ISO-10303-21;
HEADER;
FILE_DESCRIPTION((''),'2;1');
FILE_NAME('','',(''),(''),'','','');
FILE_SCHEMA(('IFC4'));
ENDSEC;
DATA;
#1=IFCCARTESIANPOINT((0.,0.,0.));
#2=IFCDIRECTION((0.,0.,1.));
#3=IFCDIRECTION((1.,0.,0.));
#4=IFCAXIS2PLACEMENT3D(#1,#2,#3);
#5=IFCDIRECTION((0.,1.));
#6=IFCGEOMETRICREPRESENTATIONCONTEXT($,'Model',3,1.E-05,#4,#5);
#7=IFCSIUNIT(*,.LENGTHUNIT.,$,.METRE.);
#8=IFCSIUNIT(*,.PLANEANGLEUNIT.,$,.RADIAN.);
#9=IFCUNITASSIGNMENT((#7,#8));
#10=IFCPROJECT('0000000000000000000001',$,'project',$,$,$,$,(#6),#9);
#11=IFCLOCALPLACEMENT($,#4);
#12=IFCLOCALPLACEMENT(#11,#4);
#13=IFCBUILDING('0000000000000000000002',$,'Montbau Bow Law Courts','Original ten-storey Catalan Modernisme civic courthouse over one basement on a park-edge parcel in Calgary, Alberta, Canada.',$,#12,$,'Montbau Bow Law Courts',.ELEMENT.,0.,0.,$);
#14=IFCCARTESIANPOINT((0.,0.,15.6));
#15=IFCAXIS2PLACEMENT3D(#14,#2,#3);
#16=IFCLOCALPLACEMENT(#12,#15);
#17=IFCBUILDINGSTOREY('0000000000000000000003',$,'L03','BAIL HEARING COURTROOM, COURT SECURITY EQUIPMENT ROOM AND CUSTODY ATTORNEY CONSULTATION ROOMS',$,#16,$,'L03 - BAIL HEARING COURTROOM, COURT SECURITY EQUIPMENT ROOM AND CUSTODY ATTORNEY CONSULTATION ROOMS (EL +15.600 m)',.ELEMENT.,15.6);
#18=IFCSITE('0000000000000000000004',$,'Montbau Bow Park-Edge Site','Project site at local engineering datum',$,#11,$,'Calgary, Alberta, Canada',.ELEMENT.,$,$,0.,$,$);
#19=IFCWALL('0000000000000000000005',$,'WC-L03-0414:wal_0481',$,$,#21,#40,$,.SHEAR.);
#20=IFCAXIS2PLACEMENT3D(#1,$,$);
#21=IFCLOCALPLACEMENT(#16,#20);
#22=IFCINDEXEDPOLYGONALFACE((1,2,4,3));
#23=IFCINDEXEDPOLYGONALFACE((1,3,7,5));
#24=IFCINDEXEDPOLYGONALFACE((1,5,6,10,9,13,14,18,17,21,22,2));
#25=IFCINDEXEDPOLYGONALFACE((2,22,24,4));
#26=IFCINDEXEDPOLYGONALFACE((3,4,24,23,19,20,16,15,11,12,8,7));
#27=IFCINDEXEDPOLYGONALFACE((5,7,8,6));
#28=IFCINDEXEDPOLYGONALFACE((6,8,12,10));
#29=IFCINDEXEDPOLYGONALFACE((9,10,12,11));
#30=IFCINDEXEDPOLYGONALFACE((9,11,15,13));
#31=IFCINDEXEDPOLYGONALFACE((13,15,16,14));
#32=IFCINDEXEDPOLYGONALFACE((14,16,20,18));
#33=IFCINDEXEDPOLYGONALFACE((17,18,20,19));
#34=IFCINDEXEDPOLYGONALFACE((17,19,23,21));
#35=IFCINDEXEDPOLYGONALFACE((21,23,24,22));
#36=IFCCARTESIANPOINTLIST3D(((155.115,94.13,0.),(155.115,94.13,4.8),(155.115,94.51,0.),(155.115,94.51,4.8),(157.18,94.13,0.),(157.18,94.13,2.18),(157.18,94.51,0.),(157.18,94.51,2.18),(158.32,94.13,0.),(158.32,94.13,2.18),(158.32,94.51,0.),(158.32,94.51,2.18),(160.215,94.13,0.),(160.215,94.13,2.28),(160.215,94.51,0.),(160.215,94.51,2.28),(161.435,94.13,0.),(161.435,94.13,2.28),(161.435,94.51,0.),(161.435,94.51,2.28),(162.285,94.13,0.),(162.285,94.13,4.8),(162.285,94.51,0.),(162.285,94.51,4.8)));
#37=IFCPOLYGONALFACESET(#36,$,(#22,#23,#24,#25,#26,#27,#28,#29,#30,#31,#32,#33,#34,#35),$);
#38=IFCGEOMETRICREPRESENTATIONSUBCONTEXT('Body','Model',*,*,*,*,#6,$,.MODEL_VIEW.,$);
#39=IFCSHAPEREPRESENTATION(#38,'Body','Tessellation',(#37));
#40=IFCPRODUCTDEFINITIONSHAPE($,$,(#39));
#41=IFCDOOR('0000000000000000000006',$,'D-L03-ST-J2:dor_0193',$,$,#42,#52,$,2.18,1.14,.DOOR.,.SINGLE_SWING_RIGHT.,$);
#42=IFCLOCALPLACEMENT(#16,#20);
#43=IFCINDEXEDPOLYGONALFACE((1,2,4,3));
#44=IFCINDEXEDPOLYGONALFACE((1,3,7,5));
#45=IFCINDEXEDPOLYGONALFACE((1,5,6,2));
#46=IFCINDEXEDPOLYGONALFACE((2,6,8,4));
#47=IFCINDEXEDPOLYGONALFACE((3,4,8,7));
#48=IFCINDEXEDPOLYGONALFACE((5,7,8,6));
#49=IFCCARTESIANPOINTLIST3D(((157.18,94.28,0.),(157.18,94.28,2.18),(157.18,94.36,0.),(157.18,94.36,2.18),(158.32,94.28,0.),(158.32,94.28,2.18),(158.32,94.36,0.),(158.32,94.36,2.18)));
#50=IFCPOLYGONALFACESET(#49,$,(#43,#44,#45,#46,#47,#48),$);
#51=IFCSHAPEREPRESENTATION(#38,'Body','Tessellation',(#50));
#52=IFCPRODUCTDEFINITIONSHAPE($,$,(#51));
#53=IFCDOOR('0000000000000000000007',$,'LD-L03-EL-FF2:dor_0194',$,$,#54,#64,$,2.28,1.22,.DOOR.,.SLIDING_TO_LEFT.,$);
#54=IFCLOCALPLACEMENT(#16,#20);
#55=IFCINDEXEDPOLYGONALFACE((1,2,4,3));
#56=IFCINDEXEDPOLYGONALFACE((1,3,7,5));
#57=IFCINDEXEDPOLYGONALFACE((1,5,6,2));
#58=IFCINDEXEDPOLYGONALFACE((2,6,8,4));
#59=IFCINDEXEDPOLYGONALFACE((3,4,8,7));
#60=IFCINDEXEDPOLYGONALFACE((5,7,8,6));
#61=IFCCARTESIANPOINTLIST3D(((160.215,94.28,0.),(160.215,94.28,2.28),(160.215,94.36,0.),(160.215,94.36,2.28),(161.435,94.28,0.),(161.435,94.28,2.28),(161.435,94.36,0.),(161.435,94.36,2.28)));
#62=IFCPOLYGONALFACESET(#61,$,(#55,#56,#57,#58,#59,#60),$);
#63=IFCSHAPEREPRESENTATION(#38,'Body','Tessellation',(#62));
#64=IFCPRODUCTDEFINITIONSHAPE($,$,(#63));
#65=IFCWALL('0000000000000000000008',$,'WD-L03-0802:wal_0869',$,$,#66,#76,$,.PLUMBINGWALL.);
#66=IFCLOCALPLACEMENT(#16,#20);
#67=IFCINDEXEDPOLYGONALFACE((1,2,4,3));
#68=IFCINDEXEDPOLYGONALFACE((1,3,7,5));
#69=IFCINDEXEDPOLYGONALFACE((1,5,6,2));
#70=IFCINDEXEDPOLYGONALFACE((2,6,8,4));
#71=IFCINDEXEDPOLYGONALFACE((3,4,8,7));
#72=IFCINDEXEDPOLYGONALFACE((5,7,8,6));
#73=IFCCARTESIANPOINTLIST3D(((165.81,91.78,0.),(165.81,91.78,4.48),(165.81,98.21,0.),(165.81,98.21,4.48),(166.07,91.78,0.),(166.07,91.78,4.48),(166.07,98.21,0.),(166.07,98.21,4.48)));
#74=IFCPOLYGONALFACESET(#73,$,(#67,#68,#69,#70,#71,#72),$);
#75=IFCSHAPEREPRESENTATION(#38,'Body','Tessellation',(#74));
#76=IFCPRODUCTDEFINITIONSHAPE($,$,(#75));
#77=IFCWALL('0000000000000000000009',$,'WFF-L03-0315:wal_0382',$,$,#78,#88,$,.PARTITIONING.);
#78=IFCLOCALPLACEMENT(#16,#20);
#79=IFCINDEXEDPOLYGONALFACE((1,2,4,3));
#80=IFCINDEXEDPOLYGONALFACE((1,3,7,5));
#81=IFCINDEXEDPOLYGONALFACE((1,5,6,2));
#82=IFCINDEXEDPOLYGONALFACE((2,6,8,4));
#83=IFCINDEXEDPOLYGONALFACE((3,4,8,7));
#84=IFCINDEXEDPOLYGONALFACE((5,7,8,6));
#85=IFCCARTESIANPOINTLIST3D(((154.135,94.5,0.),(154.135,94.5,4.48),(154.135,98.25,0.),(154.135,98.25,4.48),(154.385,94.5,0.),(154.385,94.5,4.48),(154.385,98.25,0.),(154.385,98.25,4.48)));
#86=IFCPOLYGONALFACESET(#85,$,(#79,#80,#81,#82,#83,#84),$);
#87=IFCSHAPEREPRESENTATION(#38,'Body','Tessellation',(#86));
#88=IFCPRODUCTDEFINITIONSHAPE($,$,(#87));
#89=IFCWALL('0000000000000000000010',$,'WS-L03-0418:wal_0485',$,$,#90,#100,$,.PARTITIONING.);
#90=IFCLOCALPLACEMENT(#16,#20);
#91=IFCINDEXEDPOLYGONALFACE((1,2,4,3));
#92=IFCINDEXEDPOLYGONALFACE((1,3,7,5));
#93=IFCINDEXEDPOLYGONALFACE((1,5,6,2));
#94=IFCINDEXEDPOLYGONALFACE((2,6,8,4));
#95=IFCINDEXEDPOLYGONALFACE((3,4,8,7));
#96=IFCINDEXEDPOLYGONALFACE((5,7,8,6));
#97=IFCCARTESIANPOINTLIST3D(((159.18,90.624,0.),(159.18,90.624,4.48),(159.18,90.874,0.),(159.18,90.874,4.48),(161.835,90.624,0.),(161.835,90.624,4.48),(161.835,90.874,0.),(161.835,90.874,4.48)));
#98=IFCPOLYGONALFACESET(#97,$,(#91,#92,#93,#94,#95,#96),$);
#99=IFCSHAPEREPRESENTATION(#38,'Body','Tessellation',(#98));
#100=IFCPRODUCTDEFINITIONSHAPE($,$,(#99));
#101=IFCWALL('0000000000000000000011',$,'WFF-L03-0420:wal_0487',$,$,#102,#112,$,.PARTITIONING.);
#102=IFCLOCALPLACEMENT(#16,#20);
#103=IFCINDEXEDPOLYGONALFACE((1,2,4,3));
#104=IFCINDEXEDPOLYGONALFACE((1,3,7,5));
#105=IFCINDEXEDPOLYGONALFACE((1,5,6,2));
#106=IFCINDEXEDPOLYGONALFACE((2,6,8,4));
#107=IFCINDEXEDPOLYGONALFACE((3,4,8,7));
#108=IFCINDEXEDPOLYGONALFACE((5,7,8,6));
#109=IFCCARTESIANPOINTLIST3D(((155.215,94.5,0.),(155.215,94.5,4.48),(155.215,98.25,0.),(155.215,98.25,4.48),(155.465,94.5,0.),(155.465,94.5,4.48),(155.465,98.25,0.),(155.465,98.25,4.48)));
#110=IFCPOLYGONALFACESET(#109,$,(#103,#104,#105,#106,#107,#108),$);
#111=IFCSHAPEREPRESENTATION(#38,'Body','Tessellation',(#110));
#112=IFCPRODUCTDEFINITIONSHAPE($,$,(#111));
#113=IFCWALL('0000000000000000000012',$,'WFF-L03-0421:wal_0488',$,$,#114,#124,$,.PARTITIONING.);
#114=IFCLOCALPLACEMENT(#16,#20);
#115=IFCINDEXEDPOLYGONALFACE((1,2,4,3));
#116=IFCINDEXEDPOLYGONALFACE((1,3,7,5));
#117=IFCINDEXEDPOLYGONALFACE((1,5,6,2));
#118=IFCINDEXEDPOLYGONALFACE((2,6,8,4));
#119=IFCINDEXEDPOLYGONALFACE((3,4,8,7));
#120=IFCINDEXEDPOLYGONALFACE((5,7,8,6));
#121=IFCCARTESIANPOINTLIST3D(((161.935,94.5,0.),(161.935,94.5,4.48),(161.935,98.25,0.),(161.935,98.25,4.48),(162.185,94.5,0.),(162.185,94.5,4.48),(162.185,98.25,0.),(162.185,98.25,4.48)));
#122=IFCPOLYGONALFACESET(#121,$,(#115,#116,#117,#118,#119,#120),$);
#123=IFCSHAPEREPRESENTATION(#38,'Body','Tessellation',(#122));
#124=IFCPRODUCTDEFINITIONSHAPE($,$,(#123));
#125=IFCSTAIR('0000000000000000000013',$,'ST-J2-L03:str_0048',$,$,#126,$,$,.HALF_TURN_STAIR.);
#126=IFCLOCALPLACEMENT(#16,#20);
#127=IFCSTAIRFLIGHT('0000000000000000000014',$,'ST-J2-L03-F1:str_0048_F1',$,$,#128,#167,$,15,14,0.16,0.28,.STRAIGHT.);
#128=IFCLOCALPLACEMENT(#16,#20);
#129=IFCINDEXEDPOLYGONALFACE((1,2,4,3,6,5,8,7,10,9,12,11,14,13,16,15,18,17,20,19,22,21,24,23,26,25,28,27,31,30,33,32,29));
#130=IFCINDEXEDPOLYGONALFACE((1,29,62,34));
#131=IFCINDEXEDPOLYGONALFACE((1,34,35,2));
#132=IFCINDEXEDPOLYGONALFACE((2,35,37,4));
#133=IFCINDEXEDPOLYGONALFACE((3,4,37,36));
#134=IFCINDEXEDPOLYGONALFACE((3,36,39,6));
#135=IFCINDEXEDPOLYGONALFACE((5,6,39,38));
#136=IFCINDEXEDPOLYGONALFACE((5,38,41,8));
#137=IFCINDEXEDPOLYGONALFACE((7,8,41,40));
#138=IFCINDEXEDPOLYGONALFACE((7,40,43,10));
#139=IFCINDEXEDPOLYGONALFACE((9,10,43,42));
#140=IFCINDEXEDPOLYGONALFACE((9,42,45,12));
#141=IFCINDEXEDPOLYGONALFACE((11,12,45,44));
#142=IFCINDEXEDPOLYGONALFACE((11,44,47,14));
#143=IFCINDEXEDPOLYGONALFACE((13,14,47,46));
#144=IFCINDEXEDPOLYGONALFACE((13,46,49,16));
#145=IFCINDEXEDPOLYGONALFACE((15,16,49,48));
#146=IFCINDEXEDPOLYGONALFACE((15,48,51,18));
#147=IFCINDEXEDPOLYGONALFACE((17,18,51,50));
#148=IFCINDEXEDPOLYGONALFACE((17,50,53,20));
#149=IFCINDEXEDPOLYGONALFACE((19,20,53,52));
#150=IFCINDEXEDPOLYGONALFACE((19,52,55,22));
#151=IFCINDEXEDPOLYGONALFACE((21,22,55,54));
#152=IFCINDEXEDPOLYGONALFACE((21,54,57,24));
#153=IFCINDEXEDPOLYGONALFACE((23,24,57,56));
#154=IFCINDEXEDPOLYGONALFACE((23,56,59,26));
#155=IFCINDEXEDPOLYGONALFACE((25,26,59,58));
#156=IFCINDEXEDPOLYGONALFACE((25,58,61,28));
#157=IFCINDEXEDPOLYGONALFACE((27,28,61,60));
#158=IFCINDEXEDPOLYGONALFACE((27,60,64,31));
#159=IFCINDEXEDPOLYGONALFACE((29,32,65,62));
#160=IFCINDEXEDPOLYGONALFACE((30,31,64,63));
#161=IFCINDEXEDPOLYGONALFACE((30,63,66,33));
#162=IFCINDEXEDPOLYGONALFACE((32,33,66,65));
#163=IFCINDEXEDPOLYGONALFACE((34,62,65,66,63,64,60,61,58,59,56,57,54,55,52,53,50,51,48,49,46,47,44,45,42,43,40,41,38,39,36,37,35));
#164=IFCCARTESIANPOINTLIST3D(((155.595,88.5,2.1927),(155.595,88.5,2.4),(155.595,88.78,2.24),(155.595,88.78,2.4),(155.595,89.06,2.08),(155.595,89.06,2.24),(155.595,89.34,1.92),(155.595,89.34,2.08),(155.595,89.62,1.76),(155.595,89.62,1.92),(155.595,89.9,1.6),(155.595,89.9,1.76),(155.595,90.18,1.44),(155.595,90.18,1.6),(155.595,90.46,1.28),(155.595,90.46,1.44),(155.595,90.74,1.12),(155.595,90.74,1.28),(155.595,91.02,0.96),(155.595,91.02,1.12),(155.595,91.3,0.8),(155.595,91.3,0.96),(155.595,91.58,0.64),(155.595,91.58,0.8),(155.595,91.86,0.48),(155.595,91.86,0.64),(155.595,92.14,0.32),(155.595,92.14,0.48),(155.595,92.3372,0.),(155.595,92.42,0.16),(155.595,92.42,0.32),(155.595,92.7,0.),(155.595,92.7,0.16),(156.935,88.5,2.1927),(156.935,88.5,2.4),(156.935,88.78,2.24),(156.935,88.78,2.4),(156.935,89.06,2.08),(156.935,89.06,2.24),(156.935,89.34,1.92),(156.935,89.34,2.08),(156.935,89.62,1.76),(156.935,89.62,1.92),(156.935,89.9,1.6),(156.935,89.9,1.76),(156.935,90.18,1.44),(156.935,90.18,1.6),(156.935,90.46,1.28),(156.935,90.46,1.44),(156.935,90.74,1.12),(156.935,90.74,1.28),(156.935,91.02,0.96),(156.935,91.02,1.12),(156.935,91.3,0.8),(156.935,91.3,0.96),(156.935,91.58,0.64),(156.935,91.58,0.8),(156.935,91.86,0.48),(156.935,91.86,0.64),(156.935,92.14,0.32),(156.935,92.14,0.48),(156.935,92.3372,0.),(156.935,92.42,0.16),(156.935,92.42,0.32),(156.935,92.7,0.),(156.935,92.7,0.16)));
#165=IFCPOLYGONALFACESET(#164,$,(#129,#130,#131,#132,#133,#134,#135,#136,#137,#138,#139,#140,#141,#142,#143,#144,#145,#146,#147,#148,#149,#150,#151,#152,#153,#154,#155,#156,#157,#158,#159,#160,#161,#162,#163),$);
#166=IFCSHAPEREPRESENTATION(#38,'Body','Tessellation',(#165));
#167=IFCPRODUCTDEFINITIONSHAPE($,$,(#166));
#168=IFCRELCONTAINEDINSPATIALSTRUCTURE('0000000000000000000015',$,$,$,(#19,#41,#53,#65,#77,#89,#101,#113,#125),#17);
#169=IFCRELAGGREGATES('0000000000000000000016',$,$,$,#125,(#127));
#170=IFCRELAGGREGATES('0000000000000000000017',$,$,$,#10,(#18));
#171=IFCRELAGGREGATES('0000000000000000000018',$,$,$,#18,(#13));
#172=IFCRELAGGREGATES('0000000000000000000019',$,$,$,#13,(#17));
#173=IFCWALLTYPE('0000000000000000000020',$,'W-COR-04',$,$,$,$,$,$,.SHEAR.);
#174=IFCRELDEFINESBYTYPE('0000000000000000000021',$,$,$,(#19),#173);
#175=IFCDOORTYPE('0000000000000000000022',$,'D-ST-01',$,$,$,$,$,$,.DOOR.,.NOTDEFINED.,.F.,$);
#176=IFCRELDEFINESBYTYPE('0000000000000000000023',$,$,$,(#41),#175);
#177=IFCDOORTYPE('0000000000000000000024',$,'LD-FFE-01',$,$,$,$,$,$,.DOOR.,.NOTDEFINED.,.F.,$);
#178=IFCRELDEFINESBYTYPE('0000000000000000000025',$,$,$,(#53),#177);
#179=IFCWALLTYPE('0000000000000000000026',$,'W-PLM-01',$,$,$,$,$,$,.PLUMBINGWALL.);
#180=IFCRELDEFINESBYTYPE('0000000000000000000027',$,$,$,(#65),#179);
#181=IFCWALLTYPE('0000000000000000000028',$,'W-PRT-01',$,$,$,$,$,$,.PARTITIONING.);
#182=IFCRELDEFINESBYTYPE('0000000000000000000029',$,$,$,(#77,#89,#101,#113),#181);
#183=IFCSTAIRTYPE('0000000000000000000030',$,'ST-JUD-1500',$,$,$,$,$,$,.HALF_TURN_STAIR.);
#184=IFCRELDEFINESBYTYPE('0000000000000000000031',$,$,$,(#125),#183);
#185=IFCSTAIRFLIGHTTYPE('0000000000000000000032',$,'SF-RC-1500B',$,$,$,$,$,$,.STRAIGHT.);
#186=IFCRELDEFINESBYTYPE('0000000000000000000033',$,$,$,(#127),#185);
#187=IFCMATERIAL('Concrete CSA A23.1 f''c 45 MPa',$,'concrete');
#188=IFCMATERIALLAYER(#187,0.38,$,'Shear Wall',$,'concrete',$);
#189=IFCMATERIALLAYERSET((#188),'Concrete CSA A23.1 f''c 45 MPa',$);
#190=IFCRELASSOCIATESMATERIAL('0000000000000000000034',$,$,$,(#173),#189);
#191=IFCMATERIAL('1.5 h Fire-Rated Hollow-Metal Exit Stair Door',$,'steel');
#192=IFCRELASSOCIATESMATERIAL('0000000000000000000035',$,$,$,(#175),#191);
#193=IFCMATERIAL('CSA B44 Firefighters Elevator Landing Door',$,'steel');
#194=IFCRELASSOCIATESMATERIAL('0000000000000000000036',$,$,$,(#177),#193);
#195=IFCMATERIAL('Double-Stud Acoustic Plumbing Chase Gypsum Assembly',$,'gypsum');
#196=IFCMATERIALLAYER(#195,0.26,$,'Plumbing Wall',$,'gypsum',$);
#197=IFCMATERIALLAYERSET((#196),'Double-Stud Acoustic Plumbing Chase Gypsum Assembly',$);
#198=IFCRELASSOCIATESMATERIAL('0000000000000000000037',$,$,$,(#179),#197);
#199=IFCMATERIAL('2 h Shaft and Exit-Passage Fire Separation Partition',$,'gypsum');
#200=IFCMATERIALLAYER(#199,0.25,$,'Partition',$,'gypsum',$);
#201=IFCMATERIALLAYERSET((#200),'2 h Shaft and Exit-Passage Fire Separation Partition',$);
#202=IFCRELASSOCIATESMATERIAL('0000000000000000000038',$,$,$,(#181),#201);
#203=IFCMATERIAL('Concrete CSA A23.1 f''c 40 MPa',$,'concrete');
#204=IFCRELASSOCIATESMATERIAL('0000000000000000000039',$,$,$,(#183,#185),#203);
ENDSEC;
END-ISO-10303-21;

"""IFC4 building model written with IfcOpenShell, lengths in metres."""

from ifc_helpers import new_model, si_unit, direction, frame, frame_2d, origin_with_axes, place, context, subcontext, project, spatial, polyline, rectangle, outline, extrude, material, layer, layer_set, type_object, element, fill, aggregate, save


model = new_model("IFC4")

# Units and contexts
model_context = context("Model", 3, precision=1e-05, world=origin_with_axes(), true_north=direction((0.0, 1.0)))
body_context = subcontext(model_context, "Body", "Model", "MODEL_VIEW")
ifc_project = project(units=[si_unit("LENGTHUNIT", "METRE"), si_unit("PLANEANGLEUNIT", "RADIAN")], contexts=[model_context])

# Site, building, storey
site_placement = place(None, origin_with_axes())
site = spatial("IfcSite", under=ifc_project, at=site_placement, Name="Montbau Bow Park-Edge Site", Description="Project site at local engineering datum", LongName="Calgary, Alberta, Canada", CompositionType="ELEMENT", RefElevation=0.0)
building_placement = place(site_placement, origin_with_axes())
building = spatial("IfcBuilding", under=site, at=building_placement, Name="Montbau Bow Law Courts", Description="Original ten-storey Catalan Modernisme civic courthouse over one basement on a park-edge parcel in Calgary, Alberta, Canada.", LongName="Montbau Bow Law Courts", CompositionType="ELEMENT", ElevationOfRefHeight=0.0, ElevationOfTerrain=0.0)
storey_placement = place(building_placement, frame((0.0, 0.0, 15.6), z_axis=(0.0, 0.0, 1.0), x_axis=(1.0, 0.0, 0.0)))
storey = spatial("IfcBuildingStorey", under=building, at=storey_placement, Name="L03", Description="BAIL HEARING COURTROOM, COURT SECURITY EQUIPMENT ROOM AND CUSTODY ATTORNEY CONSULTATION ROOMS", LongName="L03 - BAIL HEARING COURTROOM, COURT SECURITY EQUIPMENT ROOM AND CUSTODY ATTORNEY CONSULTATION ROOMS (EL +15.600 m)", CompositionType="ELEMENT", Elevation=15.6)

# Shared definitions
ifc_material_1 = material(Name="Concrete CSA A23.1 f'c 45 MPa", Category="concrete")

# Wall, openings, doors
ifc_layer_1 = layer(ifc_material_1, 0.38, Name="Shear Wall", Category="concrete")
ifc_layer_set_1 = layer_set([ifc_layer_1], Name="Concrete CSA A23.1 f'c 45 MPa")
wall_type_1 = type_object("IfcWallType", Name="W-COR-04", PredefinedType="SHEAR", material=ifc_layer_set_1)
ifc_material_2 = material(Name="1.5 h Fire-Rated Hollow-Metal Exit Stair Door", Category="steel")
door_type_1 = type_object("IfcDoorType", Name="D-ST-01", OperationType="NOTDEFINED", ParameterTakesPrecedence=False, PredefinedType="DOOR", material=ifc_material_2)
ifc_material_3 = material(Name="CSA B44 Firefighters Elevator Landing Door", Category="steel")
door_type_2 = type_object("IfcDoorType", Name="LD-FFE-01", OperationType="NOTDEFINED", ParameterTakesPrecedence=False, PredefinedType="DOOR", material=ifc_material_3)
wall_1_placement = place(None, frame((162.285, 94.32, 15.6), z_axis=(0.0, 0.0, 1.0), x_axis=(-1.0, 0.0, 0.0)))
wall_1 = element("IfcWall", 1, at=wall_1_placement, inside=storey, type_object=wall_type_1, Name="WC-L03-0414:wal_0481", PredefinedType="SHEAR", context=body_context, shape_type="SweptSolid", body=[
    extrude(rectangle(XDim=7.17, YDim=0.38, at=frame_2d((3.585, 0.0), x_axis=(1.0, 0.0))), origin_with_axes(), (0.0, 0.0, 1.0), 4.8),
])
opening_1_placement = place(None, frame((157.75, 94.32, 15.6), z_axis=(0.0, 0.0, 1.0), x_axis=(-1.0, 0.0, 0.0)))
opening_1 = element("IfcOpeningElement", 2, at=opening_1_placement, cuts=wall_1, PredefinedType="OPENING", context=body_context, shape_type="SweptSolid", body=[
    extrude(rectangle(XDim=1.14, YDim=2.18, at=frame_2d((0.0, 1.09), x_axis=(1.0, 0.0))), frame((0.0, 0.2, 0.0), z_axis=(0.0, -1.0, 0.0), x_axis=(1.0, 0.0, 0.0)), (0.0, 0.0, 1.0), 0.4),
])
opening_2_placement = place(None, frame((160.825, 94.32, 15.6), z_axis=(0.0, 0.0, 1.0), x_axis=(-1.0, 0.0, 0.0)))
opening_2 = element("IfcOpeningElement", 3, at=opening_2_placement, cuts=wall_1, PredefinedType="OPENING", context=body_context, shape_type="SweptSolid", body=[
    extrude(rectangle(XDim=1.22, YDim=2.28, at=frame_2d((0.0, 1.14), x_axis=(1.0, 0.0))), frame((0.0, 0.2, 0.0), z_axis=(0.0, -1.0, 0.0), x_axis=(1.0, 0.0, 0.0)), (0.0, 0.0, 1.0), 0.4),
])
door_1_placement = place(None, frame((157.75, 94.32, 15.6), z_axis=(0.0, 0.0, 1.0), x_axis=(1.0, 0.0, 0.0)))
door_1 = element("IfcDoor", 4, at=door_1_placement, inside=storey, type_object=door_type_1, Name="D-L03-ST-J2:dor_0193", OperationType="SINGLE_SWING_RIGHT", OverallHeight=2.18, OverallWidth=1.14, PredefinedType="DOOR", context=body_context, shape_type="SweptSolid", body=[
    extrude(rectangle(XDim=1.14, YDim=2.18, at=frame_2d((0.0, 1.09), x_axis=(1.0, 0.0))), frame((0.0, 0.04, 0.0), z_axis=(0.0, -1.0, 0.0), x_axis=(1.0, 0.0, 0.0)), (0.0, 0.0, 1.0), 0.08),
])
fill(opening_1, door_1)
door_2_placement = place(None, frame((160.825, 94.32, 15.6), z_axis=(0.0, 0.0, 1.0), x_axis=(1.0, 0.0, 0.0)))
door_2 = element("IfcDoor", 5, at=door_2_placement, inside=storey, type_object=door_type_2, Name="LD-L03-EL-FF2:dor_0194", OperationType="SLIDING_TO_LEFT", OverallHeight=2.28, OverallWidth=1.22, PredefinedType="DOOR", context=body_context, shape_type="SweptSolid", body=[
    extrude(rectangle(XDim=1.22, YDim=2.28, at=frame_2d((0.0, 1.14), x_axis=(1.0, 0.0))), frame((0.0, 0.04, 0.0), z_axis=(0.0, -1.0, 0.0), x_axis=(1.0, 0.0, 0.0)), (0.0, 0.0, 1.0), 0.08),
])
fill(opening_2, door_2)

# Walls
ifc_material_4 = material(Name="Double-Stud Acoustic Plumbing Chase Gypsum Assembly", Category="gypsum")
ifc_layer_2 = layer(ifc_material_4, 0.26, Name="Plumbing Wall", Category="gypsum")
ifc_layer_set_2 = layer_set([ifc_layer_2], Name="Double-Stud Acoustic Plumbing Chase Gypsum Assembly")
wall_type_2 = type_object("IfcWallType", Name="W-PLM-01", PredefinedType="PLUMBINGWALL", material=ifc_layer_set_2)
wall_2_placement = place(None, frame((165.94, 91.78, 15.6), z_axis=(0.0, 0.0, 1.0), x_axis=(0.0, 1.0, 0.0)))
element("IfcWall", 6, at=wall_2_placement, inside=storey, type_object=wall_type_2, Name="WD-L03-0802:wal_0869", PredefinedType="PLUMBINGWALL", context=body_context, shape_type="SweptSolid", body=[
    extrude(rectangle(XDim=6.43, YDim=0.26, at=frame_2d((3.215, 0.0), x_axis=(1.0, 0.0))), origin_with_axes(), (0.0, 0.0, 1.0), 4.48),
])
ifc_material_5 = material(Name="2 h Shaft and Exit-Passage Fire Separation Partition", Category="gypsum")
ifc_layer_3 = layer(ifc_material_5, 0.25, Name="Partition", Category="gypsum")
ifc_layer_set_3 = layer_set([ifc_layer_3], Name="2 h Shaft and Exit-Passage Fire Separation Partition")
wall_type_3 = type_object("IfcWallType", Name="W-PRT-01", PredefinedType="PARTITIONING", material=ifc_layer_set_3)
wall_3_placement = place(None, frame((154.26, 94.5, 15.6), z_axis=(0.0, 0.0, 1.0), x_axis=(0.0, 1.0, 0.0)))
element("IfcWall", 7, at=wall_3_placement, inside=storey, type_object=wall_type_3, Name="WFF-L03-0315:wal_0382", PredefinedType="PARTITIONING", context=body_context, shape_type="SweptSolid", body=[
    extrude(rectangle(XDim=3.75, YDim=0.25, at=frame_2d((1.875, 0.0), x_axis=(1.0, 0.0))), origin_with_axes(), (0.0, 0.0, 1.0), 4.48),
])
wall_4_placement = place(None, frame((159.18, 90.749, 15.6), z_axis=(0.0, 0.0, 1.0), x_axis=(1.0, 0.0, 0.0)))
element("IfcWall", 8, at=wall_4_placement, inside=storey, type_object=wall_type_3, Name="WS-L03-0418:wal_0485", PredefinedType="PARTITIONING", context=body_context, shape_type="SweptSolid", body=[
    extrude(rectangle(XDim=2.655, YDim=0.25, at=frame_2d((1.3275, 0.0), x_axis=(1.0, 0.0))), origin_with_axes(), (0.0, 0.0, 1.0), 4.48),
])
for number, where, z_axis, x_axis, name in (
    (9, (155.34, 94.5, 15.6), (0.0, 0.0, 1.0), (0.0, 1.0, 0.0), "WFF-L03-0420:wal_0487"),
    (10, (162.06, 94.5, 15.6), (0.0, 0.0, 1.0), (0.0, 1.0, 0.0), "WFF-L03-0421:wal_0488"),
):
    element("IfcWall", number, at=place(None, frame(where, z_axis=z_axis, x_axis=x_axis)), inside=storey, type_object=wall_type_3, Name=name, PredefinedType="PARTITIONING", context=body_context, shape_type="SweptSolid", body=[
        extrude(rectangle(XDim=3.75, YDim=0.25, at=frame_2d((1.875, 0.0), x_axis=(1.0, 0.0))), origin_with_axes(), (0.0, 0.0, 1.0), 4.48),
    ])

# Stair, stair flight
ifc_material_6 = material(Name="Concrete CSA A23.1 f'c 40 MPa", Category="concrete")
stair_type = type_object("IfcStairType", Name="ST-JUD-1500", PredefinedType="HALF_TURN_STAIR", material=ifc_material_6)
stair_placement = place(None, frame((156.265, 92.7, 15.6), z_axis=(0.0, 0.0, 1.0), x_axis=(1.0, 0.0, 0.0)))
stair = element("IfcStair", 11, at=stair_placement, inside=storey, type_object=stair_type, Name="ST-J2-L03:str_0048", PredefinedType="HALF_TURN_STAIR")
stair_flight_type = type_object("IfcStairFlightType", Name="SF-RC-1500B", PredefinedType="STRAIGHT", material=ifc_material_6)
stair_flight_placement = place(None, frame((156.265, 92.7, 15.6), z_axis=(0.0, 0.0, 1.0), x_axis=(0.0, -1.0, 0.0)))
stair_flight = element("IfcStairFlight", 12, at=stair_flight_placement, type_object=stair_flight_type, Name="ST-J2-L03-F1:str_0048_F1", NumberOfRisers=15, NumberOfTreads=14, PredefinedType="STRAIGHT", RiserHeight=0.16, TreadLength=0.28, context=body_context, shape_type="SweptSolid", body=[
    extrude(outline(polyline([(0.0, 0.0), (0.0, 0.16), (0.28, 0.16), (0.28, 0.32), (0.56, 0.32), (0.56, 0.48), (0.84, 0.48), (0.84, 0.64), (1.12, 0.64), (1.12, 0.8), (1.4, 0.8), (1.4, 0.96), (1.68, 0.96), (1.68, 1.12), (1.96, 1.12), (1.96, 1.28), (2.24, 1.28), (2.24, 1.44), (2.52, 1.44), (2.52, 1.6), (2.8, 1.6), (2.8, 1.76), (3.08, 1.76), (3.08, 1.92), (3.36, 1.92), (3.36, 2.08), (3.64, 2.08), (3.64, 2.24), (3.92, 2.24), (3.92, 2.4), (4.2, 2.4), (4.2, 2.1927), (0.3628, 0.0), (0.0, 0.0)])), frame((0.0, 0.67, 0.0), z_axis=(0.0, -1.0, 0.0), x_axis=(1.0, 0.0, 0.0)), (0.0, 0.0, 1.0), 1.34),
])
aggregate(stair, [stair_flight])

save(model, "model.ifc")
